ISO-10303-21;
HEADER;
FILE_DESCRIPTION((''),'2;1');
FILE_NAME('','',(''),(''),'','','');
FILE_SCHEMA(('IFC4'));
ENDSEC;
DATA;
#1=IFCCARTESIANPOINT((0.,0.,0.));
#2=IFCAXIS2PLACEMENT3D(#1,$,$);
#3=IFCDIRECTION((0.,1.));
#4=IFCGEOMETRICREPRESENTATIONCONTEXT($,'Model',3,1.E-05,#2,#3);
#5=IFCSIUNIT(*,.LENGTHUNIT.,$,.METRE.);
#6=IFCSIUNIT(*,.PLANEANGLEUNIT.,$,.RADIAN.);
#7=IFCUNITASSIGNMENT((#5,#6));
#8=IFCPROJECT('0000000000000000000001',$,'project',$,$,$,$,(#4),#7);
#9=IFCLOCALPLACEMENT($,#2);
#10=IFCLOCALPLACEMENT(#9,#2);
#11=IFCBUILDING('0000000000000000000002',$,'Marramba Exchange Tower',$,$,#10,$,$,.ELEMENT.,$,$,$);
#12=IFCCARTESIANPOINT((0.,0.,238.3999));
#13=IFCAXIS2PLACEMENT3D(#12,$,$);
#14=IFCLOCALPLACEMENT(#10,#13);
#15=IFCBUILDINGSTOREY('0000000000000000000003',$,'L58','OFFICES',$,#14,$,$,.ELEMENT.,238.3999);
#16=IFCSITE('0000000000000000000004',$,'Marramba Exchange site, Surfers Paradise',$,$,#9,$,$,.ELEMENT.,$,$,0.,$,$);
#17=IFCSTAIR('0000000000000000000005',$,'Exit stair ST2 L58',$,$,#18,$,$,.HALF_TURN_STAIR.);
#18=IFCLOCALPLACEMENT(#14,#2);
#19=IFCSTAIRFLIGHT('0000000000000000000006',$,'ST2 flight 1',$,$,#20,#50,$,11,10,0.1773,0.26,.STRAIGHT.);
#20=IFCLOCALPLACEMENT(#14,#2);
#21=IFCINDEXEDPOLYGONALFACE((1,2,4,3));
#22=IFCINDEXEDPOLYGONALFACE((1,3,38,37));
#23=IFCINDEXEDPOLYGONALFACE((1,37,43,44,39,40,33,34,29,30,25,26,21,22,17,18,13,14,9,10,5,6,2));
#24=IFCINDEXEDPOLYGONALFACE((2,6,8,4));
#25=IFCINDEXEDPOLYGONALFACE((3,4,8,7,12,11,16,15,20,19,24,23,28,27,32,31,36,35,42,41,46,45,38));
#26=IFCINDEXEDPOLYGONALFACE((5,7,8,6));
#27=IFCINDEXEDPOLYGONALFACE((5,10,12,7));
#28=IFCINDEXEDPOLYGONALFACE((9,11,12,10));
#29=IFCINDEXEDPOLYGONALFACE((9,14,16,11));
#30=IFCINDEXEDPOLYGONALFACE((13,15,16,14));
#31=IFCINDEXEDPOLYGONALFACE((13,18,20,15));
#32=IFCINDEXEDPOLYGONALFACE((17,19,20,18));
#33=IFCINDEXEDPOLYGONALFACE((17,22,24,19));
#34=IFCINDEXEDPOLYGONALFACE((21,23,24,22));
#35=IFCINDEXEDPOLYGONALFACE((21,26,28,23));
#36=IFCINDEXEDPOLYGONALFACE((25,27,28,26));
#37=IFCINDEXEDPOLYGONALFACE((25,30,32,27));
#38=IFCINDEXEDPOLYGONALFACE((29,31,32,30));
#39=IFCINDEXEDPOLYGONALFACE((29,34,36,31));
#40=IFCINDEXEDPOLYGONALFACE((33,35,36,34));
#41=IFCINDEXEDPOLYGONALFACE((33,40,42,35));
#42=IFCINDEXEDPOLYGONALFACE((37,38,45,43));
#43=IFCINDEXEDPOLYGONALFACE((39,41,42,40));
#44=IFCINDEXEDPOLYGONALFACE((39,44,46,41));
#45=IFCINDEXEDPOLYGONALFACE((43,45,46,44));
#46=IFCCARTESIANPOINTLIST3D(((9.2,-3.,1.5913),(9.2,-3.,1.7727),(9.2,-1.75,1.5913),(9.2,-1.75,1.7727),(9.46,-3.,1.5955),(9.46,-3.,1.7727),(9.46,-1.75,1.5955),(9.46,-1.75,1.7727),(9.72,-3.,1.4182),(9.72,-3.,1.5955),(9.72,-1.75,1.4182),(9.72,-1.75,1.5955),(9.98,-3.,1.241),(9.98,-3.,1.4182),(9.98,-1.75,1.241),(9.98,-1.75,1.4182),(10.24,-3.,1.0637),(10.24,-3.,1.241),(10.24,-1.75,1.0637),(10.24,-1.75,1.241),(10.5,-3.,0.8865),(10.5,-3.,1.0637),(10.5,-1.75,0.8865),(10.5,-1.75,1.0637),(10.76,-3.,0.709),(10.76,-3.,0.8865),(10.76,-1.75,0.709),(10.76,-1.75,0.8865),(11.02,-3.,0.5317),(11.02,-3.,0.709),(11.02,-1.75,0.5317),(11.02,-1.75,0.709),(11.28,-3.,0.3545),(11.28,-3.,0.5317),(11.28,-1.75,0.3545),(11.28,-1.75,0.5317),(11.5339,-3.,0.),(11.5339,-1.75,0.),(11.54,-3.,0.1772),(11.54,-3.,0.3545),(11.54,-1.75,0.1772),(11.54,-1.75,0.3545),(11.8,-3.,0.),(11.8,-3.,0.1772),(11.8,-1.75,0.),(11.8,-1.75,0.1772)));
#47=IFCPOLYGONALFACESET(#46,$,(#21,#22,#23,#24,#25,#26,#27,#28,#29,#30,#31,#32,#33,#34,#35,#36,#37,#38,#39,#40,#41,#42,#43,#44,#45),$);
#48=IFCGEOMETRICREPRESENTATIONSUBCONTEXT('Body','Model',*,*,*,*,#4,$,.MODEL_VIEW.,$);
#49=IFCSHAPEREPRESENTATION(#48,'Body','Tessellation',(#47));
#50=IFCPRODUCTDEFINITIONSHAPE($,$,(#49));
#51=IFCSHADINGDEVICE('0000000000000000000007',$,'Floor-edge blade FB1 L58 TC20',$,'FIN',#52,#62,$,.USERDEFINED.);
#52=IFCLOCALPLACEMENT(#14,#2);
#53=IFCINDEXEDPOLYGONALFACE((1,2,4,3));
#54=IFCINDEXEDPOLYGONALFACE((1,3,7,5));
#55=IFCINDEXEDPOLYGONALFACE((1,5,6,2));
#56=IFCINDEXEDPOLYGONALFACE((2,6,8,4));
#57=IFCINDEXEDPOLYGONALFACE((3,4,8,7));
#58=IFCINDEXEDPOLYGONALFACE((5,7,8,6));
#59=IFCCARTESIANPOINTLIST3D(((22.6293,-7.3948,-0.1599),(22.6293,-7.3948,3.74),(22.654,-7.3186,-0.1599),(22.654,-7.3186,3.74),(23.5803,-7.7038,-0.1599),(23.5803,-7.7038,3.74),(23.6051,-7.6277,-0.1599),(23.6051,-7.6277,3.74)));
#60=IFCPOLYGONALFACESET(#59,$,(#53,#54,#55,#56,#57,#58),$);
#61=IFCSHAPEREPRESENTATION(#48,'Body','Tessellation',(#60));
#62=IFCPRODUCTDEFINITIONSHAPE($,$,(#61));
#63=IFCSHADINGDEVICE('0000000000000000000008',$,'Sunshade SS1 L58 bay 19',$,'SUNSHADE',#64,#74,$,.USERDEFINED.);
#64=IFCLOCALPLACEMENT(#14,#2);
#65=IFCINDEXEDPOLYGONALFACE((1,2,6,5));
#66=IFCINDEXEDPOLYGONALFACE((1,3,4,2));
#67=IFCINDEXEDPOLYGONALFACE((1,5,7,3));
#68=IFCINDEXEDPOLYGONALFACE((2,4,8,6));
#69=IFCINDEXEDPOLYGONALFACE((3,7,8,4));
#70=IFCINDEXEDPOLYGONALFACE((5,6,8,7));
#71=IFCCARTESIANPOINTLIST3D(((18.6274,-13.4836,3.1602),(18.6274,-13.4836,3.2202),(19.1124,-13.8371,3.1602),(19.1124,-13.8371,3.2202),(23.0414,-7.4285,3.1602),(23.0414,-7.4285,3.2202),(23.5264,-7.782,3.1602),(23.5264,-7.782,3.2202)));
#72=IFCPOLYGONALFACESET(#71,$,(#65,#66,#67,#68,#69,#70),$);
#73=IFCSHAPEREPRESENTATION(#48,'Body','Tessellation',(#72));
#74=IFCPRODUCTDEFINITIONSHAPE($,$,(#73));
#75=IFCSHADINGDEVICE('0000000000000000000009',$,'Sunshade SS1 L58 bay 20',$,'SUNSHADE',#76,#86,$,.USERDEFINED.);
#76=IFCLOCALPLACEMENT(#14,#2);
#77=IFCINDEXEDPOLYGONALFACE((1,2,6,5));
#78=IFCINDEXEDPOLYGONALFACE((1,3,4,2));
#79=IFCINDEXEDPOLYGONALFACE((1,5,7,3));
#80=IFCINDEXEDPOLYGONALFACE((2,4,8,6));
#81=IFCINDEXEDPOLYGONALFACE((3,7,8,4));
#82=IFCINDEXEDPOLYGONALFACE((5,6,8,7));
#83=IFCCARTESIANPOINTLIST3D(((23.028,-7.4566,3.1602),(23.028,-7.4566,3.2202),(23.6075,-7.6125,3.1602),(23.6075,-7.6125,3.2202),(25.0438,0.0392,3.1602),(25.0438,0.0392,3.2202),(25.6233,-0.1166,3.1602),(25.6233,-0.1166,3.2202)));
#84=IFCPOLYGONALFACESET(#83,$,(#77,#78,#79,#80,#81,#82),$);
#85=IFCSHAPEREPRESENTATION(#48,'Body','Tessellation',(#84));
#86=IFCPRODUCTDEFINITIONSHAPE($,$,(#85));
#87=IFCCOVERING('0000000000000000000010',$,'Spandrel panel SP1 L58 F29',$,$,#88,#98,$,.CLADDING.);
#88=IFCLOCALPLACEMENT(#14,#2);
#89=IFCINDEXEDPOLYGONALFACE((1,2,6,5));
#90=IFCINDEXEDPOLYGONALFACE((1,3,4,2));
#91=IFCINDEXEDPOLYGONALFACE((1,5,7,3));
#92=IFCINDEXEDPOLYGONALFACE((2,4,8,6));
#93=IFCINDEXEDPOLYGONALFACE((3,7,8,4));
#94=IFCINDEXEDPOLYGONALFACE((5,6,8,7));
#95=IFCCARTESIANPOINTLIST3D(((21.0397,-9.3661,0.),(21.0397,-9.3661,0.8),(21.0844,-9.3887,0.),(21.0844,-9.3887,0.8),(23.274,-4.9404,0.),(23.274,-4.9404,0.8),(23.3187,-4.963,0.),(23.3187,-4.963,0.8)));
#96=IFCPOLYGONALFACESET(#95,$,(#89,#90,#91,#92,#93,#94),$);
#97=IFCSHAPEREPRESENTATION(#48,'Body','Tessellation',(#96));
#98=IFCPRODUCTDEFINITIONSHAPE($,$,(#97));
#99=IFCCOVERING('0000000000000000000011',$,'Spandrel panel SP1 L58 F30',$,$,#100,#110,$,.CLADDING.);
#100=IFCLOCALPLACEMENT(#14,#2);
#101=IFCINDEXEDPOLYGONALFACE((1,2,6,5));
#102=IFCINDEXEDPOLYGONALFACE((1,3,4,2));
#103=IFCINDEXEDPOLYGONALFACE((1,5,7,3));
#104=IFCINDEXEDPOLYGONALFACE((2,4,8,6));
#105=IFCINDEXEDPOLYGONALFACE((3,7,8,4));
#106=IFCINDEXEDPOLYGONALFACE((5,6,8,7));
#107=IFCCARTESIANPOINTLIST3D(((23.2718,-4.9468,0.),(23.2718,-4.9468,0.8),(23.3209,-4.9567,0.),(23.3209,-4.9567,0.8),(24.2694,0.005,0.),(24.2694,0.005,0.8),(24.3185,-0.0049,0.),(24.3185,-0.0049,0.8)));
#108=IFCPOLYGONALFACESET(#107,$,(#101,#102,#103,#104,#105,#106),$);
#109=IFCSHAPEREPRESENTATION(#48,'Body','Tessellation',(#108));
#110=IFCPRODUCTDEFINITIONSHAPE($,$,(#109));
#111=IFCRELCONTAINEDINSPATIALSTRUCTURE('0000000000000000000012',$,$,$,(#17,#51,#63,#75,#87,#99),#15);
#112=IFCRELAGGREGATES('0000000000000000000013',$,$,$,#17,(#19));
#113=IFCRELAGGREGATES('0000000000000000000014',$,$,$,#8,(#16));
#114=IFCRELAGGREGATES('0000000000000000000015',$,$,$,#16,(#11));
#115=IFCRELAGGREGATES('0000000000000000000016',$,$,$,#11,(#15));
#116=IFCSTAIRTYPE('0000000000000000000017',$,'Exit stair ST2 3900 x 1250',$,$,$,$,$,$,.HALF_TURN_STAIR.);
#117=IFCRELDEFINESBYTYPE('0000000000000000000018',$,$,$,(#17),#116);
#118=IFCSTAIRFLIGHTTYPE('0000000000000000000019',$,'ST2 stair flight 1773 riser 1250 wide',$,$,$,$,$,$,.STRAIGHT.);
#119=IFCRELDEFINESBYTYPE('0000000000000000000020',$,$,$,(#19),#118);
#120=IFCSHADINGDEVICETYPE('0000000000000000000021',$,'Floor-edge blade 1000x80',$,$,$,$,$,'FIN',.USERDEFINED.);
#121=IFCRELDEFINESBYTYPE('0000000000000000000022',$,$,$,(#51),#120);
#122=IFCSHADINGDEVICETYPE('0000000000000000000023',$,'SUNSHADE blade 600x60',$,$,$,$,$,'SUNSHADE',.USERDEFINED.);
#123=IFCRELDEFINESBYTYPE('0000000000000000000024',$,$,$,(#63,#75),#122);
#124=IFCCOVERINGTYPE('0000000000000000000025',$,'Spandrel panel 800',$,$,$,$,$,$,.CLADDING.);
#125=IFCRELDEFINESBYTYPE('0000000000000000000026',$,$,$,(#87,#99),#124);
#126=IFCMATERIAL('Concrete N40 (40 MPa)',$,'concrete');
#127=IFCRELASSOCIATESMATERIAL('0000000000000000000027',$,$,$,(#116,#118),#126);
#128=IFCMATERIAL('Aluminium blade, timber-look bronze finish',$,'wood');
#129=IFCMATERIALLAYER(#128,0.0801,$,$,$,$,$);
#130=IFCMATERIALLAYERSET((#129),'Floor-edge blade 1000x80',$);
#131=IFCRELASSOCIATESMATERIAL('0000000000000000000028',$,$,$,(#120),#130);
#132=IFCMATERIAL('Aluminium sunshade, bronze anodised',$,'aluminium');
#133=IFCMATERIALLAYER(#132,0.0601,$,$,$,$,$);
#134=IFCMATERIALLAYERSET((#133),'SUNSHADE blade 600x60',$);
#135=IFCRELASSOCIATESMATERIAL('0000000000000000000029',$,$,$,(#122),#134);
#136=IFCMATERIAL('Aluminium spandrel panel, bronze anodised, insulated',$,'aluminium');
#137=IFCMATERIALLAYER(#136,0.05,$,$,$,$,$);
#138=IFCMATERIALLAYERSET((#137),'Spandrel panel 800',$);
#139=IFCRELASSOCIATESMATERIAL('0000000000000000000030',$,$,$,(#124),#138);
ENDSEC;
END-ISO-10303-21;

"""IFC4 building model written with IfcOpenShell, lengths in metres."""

from ifc_helpers import new_model, si_unit, direction, frame, origin, origin_2d, place, context, subcontext, project, spatial, polyline, rectangle, outline, extrude, material, layer, layer_set, type_object, element, aggregate, save


model = new_model("IFC4")

# Units and contexts
model_context = context("Model", 3, precision=1e-05, world=origin(), true_north=direction((0.0, 1.0)))
body_context = subcontext(model_context, "Body", "Model", "MODEL_VIEW")
ifc_project = project(units=[si_unit("LENGTHUNIT", "METRE"), si_unit("PLANEANGLEUNIT", "RADIAN")], contexts=[model_context])

# Site, building, storey
site_placement = place(None, origin())
site = spatial("IfcSite", under=ifc_project, at=site_placement, Name="Marramba Exchange site, Surfers Paradise", CompositionType="ELEMENT", RefElevation=0.0)
building_placement = place(site_placement, origin())
building = spatial("IfcBuilding", under=site, at=building_placement, Name="Marramba Exchange Tower", CompositionType="ELEMENT")
storey_placement = place(building_placement, frame((0.0, 0.0, 238.3999)))
storey = spatial("IfcBuildingStorey", under=building, at=storey_placement, Name="L58", Description="OFFICES", CompositionType="ELEMENT", Elevation=238.3999)

# Stair, stair flight
ifc_material_1 = material(Name="Concrete N40 (40 MPa)", Category="concrete")
stair_type = type_object("IfcStairType", Name="Exit stair ST2 3900 x 1250", PredefinedType="HALF_TURN_STAIR", material=ifc_material_1)
stair_placement = place(storey_placement, origin())
stair = element("IfcStair", 1, at=stair_placement, inside=storey, type_object=stair_type, Name="Exit stair ST2 L58", PredefinedType="HALF_TURN_STAIR")
stair_flight_type = type_object("IfcStairFlightType", Name="ST2 stair flight 1773 riser 1250 wide", PredefinedType="STRAIGHT", material=ifc_material_1)
stair_flight_placement = place(storey_placement, frame((11.8, -2.375, 0.0), z_axis=(0.0, 0.0, 1.0), x_axis=(-1.0, 0.0, 0.0)))
stair_flight = element("IfcStairFlight", 2, at=stair_flight_placement, type_object=stair_flight_type, Name="ST2 flight 1", NumberOfRisers=11, NumberOfTreads=10, PredefinedType="STRAIGHT", RiserHeight=0.1773, TreadLength=0.26, context=body_context, shape_type="SweptSolid", body=[
    extrude(outline(polyline([(0.0, 0.0), (0.0, 0.1772), (0.26, 0.1772), (0.26, 0.3545), (0.52, 0.3545), (0.52, 0.5317), (0.78, 0.5317), (0.78, 0.709), (1.04, 0.709), (1.04, 0.8865), (1.3, 0.8865), (1.3, 1.0637), (1.5601, 1.0637), (1.5601, 1.241), (1.8201, 1.241), (1.8201, 1.4182), (2.0801, 1.4182), (2.0801, 1.5955), (2.3401, 1.5955), (2.3401, 1.7727), (2.6001, 1.7727), (2.6001, 1.95), (2.6001, 1.5913), (0.2661, 0.0), (0.0, 0.0)])), frame((0.0, 0.625, 0.0), z_axis=(0.0, -1.0, 0.0), x_axis=(1.0, 0.0, 0.0)), (0.0, 0.0, 1.0), 1.25),
])
aggregate(stair, [stair_flight])

# Shading devices
ifc_material_2 = material(Name="Aluminium blade, timber-look bronze finish", Category="wood")
ifc_layer_1 = layer(ifc_material_2, 0.0801)
ifc_layer_set_1 = layer_set([ifc_layer_1], Name="Floor-edge blade 1000x80")
shading_device_type_1 = type_object("IfcShadingDeviceType", Name="Floor-edge blade 1000x80", ElementType="FIN", PredefinedType="USERDEFINED", material=ifc_layer_set_1)
shading_device_1_placement = place(storey_placement, frame((23.1172, -7.5112, -0.1599), z_axis=(0.0, 0.0, 1.0), x_axis=(0.951057, -0.309017, 0.0)))
element("IfcShadingDevice", 3, at=shading_device_1_placement, inside=storey, type_object=shading_device_type_1, Name="Floor-edge blade FB1 L58 TC20", ObjectType="FIN", PredefinedType="USERDEFINED", context=body_context, shape_type="SweptSolid", body=[
    extrude(rectangle(XDim=1.0, YDim=0.0801, at=origin_2d()), origin(), (0.0, 0.0, 1.0), 3.8999),
])
ifc_material_3 = material(Name="Aluminium sunshade, bronze anodised", Category="aluminium")
ifc_layer_2 = layer(ifc_material_3, 0.0601)
ifc_layer_set_2 = layer_set([ifc_layer_2], Name="SUNSHADE blade 600x60")
shading_device_type_2 = type_object("IfcShadingDeviceType", Name="SUNSHADE blade 600x60", ElementType="SUNSHADE", PredefinedType="USERDEFINED", material=ifc_layer_set_2)
shading_device_2_placement = place(storey_placement, frame((21.0769, -10.6328, 3.1602), z_axis=(0.0, 0.0, 1.0), x_axis=(0.589072, 0.808081, 0.0)))
element("IfcShadingDevice", 4, at=shading_device_2_placement, inside=storey, type_object=shading_device_type_2, Name="Sunshade SS1 L58 bay 19", ObjectType="SUNSHADE", PredefinedType="USERDEFINED", context=body_context, shape_type="SweptSolid", body=[
    extrude(rectangle(XDim=7.4932, YDim=0.6001, at=origin_2d()), origin(), (0.0, 0.0, 1.0), 0.0601),
])
shading_device_3_placement = place(storey_placement, frame((24.3257, -3.7866, 3.1602), z_axis=(0.0, 0.0, 1.0), x_axis=(0.259692, 0.965691, 0.0)))
element("IfcShadingDevice", 5, at=shading_device_3_placement, inside=storey, type_object=shading_device_type_2, Name="Sunshade SS1 L58 bay 20", ObjectType="SUNSHADE", PredefinedType="USERDEFINED", context=body_context, shape_type="SweptSolid", body=[
    extrude(rectangle(XDim=7.7622, YDim=0.6001, at=origin_2d()), origin(), (0.0, 0.0, 1.0), 0.0601),
])

# Coverings
ifc_material_4 = material(Name="Aluminium spandrel panel, bronze anodised, insulated", Category="aluminium")
ifc_layer_3 = layer(ifc_material_4, 0.05)
ifc_layer_set_3 = layer_set([ifc_layer_3], Name="Spandrel panel 800")
covering_type = type_object("IfcCoveringType", Name="Spandrel panel 800", PredefinedType="CLADDING", material=ifc_layer_set_3)
covering_1_placement = place(storey_placement, frame((22.1792, -7.1646, 0.0), z_axis=(0.0, 0.0, 1.0), x_axis=(0.450673, 0.892689, 0.0)))
element("IfcCovering", 6, at=covering_1_placement, inside=storey, type_object=covering_type, Name="Spandrel panel SP1 L58 F29", PredefinedType="CLADDING", context=body_context, shape_type="SweptSolid", body=[
    extrude(rectangle(XDim=4.9578, YDim=0.05, at=origin_2d()), origin(), (0.0, 0.0, 1.0), 0.8),
])
covering_2_placement = place(storey_placement, frame((23.7952, -2.4758, 0.0), z_axis=(0.0, 0.0, 1.0), x_axis=(0.197495, 0.980304, 0.0)))
element("IfcCovering", 7, at=covering_2_placement, inside=storey, type_object=covering_type, Name="Spandrel panel SP1 L58 F30", PredefinedType="CLADDING", context=body_context, shape_type="SweptSolid", body=[
    extrude(rectangle(XDim=5.0513, YDim=0.05, at=origin_2d()), origin(), (0.0, 0.0, 1.0), 0.8),
])

save(model, "model.ifc")
